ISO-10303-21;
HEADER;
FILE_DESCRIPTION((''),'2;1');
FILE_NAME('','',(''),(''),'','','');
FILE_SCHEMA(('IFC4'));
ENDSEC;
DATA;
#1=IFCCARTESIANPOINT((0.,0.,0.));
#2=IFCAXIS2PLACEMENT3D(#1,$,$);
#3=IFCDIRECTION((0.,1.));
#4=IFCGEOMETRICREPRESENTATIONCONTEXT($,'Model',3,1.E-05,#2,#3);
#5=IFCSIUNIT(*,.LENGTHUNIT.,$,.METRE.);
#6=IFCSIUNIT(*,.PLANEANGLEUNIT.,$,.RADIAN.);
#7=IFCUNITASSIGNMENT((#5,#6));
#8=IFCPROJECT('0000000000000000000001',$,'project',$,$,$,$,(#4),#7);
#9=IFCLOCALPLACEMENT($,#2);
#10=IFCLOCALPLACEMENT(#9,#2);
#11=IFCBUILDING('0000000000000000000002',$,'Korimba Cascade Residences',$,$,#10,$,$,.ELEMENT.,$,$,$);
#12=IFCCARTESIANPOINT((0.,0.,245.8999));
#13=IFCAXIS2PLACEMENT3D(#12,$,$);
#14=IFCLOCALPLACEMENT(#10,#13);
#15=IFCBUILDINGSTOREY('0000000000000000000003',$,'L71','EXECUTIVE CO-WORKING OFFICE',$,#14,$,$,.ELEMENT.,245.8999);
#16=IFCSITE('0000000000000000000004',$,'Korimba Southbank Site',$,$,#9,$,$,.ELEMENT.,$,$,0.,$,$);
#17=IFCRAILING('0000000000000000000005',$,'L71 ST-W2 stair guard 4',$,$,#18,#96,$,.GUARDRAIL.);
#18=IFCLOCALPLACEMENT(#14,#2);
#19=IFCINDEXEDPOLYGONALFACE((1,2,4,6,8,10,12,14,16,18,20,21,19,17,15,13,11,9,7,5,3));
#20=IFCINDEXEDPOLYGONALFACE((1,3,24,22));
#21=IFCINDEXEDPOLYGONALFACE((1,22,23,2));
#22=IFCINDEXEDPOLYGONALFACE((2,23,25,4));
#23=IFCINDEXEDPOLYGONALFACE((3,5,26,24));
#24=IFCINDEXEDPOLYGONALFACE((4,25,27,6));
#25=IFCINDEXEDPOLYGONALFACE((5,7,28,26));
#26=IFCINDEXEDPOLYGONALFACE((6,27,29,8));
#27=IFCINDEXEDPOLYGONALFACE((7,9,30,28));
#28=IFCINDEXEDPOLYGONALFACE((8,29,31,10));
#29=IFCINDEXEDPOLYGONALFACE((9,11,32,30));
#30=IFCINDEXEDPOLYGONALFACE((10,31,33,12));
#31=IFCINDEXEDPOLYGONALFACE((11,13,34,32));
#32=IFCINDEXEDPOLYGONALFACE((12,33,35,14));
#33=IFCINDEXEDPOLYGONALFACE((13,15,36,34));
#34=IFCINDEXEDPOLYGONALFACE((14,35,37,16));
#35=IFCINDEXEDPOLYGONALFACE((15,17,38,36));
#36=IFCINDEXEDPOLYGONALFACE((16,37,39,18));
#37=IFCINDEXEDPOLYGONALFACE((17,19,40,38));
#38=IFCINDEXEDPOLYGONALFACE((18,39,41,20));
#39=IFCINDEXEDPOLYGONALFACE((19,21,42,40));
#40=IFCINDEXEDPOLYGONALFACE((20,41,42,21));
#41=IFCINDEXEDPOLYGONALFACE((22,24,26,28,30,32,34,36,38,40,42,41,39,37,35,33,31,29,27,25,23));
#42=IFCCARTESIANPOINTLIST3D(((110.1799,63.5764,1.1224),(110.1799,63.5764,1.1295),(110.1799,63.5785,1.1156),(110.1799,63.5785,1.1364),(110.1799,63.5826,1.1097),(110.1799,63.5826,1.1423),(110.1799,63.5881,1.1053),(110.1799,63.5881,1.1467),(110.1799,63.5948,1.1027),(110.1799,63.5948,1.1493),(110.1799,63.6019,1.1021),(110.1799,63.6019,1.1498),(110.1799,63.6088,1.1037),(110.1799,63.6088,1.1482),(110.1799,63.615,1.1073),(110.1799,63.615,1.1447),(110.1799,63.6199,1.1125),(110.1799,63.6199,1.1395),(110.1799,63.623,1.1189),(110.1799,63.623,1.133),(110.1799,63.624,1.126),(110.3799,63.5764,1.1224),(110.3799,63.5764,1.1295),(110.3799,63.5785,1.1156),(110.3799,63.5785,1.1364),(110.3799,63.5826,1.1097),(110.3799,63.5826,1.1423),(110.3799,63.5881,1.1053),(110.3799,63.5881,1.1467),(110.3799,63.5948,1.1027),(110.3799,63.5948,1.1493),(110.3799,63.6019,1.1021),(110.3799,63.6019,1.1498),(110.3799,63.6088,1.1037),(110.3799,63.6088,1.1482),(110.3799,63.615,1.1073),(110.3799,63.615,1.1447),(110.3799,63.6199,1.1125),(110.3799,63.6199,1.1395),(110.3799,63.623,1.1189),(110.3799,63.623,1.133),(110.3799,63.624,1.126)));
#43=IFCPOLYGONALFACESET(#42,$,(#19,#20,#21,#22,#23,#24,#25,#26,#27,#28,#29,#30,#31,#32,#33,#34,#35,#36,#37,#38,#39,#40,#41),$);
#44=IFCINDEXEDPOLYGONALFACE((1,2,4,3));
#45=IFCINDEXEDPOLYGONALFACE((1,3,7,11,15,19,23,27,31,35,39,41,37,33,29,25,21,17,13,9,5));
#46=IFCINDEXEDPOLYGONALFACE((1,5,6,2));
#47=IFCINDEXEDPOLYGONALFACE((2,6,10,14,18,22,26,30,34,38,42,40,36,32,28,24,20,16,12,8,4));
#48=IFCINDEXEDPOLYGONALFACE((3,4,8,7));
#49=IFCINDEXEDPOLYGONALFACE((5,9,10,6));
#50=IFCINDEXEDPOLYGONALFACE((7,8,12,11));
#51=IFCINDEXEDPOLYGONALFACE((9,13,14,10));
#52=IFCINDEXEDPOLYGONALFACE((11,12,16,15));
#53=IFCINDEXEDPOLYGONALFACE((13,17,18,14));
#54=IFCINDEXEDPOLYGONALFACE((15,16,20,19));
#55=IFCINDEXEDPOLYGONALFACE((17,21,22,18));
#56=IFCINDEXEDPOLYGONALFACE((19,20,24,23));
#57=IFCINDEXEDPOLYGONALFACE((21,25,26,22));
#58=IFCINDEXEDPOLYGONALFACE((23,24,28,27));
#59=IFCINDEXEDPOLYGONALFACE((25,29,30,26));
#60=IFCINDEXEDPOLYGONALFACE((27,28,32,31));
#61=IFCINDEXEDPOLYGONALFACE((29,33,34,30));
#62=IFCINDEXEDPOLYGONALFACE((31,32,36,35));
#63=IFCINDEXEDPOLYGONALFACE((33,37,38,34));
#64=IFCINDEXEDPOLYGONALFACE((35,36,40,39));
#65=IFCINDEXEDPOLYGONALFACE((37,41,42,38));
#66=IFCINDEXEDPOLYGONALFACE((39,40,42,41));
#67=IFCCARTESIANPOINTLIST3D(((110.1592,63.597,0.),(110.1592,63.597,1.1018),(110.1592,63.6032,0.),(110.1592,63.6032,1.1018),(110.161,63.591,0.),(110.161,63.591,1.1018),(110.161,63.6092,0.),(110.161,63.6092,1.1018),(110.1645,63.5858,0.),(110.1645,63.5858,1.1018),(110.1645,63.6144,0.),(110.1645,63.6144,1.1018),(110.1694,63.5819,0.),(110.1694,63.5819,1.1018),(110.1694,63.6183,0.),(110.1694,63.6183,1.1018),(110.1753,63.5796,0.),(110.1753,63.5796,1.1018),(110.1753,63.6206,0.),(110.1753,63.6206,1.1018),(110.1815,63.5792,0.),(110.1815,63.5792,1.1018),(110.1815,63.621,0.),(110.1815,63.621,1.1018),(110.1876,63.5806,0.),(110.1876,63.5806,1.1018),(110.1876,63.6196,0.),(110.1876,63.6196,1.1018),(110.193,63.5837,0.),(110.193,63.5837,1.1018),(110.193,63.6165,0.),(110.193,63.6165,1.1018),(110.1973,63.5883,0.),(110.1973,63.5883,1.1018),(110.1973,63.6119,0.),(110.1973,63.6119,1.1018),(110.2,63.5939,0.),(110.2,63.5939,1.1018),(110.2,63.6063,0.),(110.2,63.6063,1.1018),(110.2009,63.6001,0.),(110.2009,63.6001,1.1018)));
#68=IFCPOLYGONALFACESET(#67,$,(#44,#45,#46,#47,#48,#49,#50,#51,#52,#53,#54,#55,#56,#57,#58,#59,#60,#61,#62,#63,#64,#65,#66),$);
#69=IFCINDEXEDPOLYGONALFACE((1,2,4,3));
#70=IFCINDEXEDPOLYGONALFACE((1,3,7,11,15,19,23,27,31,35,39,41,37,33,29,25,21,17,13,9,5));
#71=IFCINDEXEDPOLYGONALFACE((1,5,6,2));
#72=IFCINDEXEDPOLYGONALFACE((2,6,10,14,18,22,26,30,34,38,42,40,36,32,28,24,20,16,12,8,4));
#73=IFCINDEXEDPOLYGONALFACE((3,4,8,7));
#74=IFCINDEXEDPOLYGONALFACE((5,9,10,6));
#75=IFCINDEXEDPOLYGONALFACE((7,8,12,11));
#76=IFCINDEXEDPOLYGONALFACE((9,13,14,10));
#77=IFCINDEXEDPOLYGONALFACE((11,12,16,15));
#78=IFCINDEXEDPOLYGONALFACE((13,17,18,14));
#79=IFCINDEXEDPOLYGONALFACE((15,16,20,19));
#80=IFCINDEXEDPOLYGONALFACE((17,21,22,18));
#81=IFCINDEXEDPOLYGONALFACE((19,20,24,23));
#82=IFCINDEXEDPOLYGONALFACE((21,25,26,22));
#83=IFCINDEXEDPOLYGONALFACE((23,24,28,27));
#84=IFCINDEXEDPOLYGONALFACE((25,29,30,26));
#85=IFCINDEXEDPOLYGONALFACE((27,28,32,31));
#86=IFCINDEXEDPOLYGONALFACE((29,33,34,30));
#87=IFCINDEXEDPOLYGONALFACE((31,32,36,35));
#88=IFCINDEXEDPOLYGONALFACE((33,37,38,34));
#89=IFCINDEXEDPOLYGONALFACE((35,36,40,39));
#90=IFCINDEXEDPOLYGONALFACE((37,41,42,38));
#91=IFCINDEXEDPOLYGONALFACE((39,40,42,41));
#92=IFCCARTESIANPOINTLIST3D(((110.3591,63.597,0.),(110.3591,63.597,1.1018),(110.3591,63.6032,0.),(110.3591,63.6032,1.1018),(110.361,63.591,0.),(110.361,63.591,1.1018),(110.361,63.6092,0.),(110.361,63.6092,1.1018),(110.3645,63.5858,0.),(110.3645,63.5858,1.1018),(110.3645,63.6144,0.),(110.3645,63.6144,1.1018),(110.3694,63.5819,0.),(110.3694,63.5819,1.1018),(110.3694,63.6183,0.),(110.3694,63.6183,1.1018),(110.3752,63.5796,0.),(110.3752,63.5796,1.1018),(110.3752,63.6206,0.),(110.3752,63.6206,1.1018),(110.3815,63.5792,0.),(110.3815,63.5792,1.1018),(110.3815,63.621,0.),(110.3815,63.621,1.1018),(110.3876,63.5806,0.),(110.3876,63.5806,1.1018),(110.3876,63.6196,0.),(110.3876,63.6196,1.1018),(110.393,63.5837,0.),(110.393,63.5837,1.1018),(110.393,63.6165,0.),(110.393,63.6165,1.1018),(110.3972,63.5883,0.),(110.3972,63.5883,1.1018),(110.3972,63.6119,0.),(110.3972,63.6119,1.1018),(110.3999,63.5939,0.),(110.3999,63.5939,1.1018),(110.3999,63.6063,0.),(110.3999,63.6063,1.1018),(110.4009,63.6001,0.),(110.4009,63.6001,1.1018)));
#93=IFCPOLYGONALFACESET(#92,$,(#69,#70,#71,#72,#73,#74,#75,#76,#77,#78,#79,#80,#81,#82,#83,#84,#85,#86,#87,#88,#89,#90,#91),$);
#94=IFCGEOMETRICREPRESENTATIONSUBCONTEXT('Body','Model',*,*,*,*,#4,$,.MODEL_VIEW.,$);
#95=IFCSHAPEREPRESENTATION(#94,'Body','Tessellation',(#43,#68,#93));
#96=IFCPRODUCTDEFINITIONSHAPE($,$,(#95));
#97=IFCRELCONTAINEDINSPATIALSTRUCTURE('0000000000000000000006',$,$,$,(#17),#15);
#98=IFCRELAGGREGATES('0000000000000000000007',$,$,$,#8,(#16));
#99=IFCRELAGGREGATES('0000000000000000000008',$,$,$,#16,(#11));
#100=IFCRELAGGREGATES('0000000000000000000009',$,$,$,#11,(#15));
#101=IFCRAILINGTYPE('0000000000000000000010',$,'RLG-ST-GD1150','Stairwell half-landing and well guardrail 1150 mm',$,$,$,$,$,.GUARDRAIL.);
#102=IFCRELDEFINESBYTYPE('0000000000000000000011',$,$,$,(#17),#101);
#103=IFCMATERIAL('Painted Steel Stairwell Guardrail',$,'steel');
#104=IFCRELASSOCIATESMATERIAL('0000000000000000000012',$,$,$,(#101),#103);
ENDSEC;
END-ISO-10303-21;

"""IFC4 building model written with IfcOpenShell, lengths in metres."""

from ifc_helpers import new_model, si_unit, direction, frame, origin, origin_2d, place, context, subcontext, project, spatial, circle, extrude, material, type_object, element, save


model = new_model("IFC4")

# Units and contexts
model_context = context("Model", 3, precision=1e-05, world=origin(), true_north=direction((0.0, 1.0)))
body_context = subcontext(model_context, "Body", "Model", "MODEL_VIEW")
ifc_project = project(units=[si_unit("LENGTHUNIT", "METRE"), si_unit("PLANEANGLEUNIT", "RADIAN")], contexts=[model_context])

# Site, building, storey
site_placement = place(None, origin())
site = spatial("IfcSite", under=ifc_project, at=site_placement, Name="Korimba Southbank Site", CompositionType="ELEMENT", RefElevation=0.0)
building_placement = place(site_placement, origin())
building = spatial("IfcBuilding", under=site, at=building_placement, Name="Korimba Cascade Residences", CompositionType="ELEMENT")
storey_placement = place(building_placement, frame((0.0, 0.0, 245.8999)))
storey = spatial("IfcBuildingStorey", under=building, at=storey_placement, Name="L71", Description="EXECUTIVE CO-WORKING OFFICE", CompositionType="ELEMENT", Elevation=245.8999)

# Railing
ifc_material_1 = material(Name="Painted Steel Stairwell Guardrail", Category="steel")
railing_type_1 = type_object("IfcRailingType", Name="RLG-ST-GD1150", Description="Stairwell half-landing and well guardrail 1150 mm", PredefinedType="GUARDRAIL", material=ifc_material_1)
railing_1_placement = place(storey_placement, frame((110.1799, 63.6001, 0.0)))
element("IfcRailing", 1, at=railing_1_placement, inside=storey, type_object=railing_type_1, Name="L71 ST-W2 stair guard 4", PredefinedType="GUARDRAIL", context=body_context, shape_type="SweptSolid", body=[
    extrude(circle(Radius=0.0239, at=origin_2d()), frame((0.0, 0.0, 1.126), z_axis=(1.0, 0.0, 0.0), x_axis=(0.0, 1.0, 0.0)), (0.0, 0.0, 1.0), 0.2),
    extrude(circle(Radius=0.021, at=origin_2d()), origin(), (0.0, 0.0, 1.0), 1.1018),
    extrude(circle(Radius=0.021, at=origin_2d()), frame((0.2, 0.0, 0.0)), (0.0, 0.0, 1.0), 1.1018),
])

save(model, "model.ifc")
